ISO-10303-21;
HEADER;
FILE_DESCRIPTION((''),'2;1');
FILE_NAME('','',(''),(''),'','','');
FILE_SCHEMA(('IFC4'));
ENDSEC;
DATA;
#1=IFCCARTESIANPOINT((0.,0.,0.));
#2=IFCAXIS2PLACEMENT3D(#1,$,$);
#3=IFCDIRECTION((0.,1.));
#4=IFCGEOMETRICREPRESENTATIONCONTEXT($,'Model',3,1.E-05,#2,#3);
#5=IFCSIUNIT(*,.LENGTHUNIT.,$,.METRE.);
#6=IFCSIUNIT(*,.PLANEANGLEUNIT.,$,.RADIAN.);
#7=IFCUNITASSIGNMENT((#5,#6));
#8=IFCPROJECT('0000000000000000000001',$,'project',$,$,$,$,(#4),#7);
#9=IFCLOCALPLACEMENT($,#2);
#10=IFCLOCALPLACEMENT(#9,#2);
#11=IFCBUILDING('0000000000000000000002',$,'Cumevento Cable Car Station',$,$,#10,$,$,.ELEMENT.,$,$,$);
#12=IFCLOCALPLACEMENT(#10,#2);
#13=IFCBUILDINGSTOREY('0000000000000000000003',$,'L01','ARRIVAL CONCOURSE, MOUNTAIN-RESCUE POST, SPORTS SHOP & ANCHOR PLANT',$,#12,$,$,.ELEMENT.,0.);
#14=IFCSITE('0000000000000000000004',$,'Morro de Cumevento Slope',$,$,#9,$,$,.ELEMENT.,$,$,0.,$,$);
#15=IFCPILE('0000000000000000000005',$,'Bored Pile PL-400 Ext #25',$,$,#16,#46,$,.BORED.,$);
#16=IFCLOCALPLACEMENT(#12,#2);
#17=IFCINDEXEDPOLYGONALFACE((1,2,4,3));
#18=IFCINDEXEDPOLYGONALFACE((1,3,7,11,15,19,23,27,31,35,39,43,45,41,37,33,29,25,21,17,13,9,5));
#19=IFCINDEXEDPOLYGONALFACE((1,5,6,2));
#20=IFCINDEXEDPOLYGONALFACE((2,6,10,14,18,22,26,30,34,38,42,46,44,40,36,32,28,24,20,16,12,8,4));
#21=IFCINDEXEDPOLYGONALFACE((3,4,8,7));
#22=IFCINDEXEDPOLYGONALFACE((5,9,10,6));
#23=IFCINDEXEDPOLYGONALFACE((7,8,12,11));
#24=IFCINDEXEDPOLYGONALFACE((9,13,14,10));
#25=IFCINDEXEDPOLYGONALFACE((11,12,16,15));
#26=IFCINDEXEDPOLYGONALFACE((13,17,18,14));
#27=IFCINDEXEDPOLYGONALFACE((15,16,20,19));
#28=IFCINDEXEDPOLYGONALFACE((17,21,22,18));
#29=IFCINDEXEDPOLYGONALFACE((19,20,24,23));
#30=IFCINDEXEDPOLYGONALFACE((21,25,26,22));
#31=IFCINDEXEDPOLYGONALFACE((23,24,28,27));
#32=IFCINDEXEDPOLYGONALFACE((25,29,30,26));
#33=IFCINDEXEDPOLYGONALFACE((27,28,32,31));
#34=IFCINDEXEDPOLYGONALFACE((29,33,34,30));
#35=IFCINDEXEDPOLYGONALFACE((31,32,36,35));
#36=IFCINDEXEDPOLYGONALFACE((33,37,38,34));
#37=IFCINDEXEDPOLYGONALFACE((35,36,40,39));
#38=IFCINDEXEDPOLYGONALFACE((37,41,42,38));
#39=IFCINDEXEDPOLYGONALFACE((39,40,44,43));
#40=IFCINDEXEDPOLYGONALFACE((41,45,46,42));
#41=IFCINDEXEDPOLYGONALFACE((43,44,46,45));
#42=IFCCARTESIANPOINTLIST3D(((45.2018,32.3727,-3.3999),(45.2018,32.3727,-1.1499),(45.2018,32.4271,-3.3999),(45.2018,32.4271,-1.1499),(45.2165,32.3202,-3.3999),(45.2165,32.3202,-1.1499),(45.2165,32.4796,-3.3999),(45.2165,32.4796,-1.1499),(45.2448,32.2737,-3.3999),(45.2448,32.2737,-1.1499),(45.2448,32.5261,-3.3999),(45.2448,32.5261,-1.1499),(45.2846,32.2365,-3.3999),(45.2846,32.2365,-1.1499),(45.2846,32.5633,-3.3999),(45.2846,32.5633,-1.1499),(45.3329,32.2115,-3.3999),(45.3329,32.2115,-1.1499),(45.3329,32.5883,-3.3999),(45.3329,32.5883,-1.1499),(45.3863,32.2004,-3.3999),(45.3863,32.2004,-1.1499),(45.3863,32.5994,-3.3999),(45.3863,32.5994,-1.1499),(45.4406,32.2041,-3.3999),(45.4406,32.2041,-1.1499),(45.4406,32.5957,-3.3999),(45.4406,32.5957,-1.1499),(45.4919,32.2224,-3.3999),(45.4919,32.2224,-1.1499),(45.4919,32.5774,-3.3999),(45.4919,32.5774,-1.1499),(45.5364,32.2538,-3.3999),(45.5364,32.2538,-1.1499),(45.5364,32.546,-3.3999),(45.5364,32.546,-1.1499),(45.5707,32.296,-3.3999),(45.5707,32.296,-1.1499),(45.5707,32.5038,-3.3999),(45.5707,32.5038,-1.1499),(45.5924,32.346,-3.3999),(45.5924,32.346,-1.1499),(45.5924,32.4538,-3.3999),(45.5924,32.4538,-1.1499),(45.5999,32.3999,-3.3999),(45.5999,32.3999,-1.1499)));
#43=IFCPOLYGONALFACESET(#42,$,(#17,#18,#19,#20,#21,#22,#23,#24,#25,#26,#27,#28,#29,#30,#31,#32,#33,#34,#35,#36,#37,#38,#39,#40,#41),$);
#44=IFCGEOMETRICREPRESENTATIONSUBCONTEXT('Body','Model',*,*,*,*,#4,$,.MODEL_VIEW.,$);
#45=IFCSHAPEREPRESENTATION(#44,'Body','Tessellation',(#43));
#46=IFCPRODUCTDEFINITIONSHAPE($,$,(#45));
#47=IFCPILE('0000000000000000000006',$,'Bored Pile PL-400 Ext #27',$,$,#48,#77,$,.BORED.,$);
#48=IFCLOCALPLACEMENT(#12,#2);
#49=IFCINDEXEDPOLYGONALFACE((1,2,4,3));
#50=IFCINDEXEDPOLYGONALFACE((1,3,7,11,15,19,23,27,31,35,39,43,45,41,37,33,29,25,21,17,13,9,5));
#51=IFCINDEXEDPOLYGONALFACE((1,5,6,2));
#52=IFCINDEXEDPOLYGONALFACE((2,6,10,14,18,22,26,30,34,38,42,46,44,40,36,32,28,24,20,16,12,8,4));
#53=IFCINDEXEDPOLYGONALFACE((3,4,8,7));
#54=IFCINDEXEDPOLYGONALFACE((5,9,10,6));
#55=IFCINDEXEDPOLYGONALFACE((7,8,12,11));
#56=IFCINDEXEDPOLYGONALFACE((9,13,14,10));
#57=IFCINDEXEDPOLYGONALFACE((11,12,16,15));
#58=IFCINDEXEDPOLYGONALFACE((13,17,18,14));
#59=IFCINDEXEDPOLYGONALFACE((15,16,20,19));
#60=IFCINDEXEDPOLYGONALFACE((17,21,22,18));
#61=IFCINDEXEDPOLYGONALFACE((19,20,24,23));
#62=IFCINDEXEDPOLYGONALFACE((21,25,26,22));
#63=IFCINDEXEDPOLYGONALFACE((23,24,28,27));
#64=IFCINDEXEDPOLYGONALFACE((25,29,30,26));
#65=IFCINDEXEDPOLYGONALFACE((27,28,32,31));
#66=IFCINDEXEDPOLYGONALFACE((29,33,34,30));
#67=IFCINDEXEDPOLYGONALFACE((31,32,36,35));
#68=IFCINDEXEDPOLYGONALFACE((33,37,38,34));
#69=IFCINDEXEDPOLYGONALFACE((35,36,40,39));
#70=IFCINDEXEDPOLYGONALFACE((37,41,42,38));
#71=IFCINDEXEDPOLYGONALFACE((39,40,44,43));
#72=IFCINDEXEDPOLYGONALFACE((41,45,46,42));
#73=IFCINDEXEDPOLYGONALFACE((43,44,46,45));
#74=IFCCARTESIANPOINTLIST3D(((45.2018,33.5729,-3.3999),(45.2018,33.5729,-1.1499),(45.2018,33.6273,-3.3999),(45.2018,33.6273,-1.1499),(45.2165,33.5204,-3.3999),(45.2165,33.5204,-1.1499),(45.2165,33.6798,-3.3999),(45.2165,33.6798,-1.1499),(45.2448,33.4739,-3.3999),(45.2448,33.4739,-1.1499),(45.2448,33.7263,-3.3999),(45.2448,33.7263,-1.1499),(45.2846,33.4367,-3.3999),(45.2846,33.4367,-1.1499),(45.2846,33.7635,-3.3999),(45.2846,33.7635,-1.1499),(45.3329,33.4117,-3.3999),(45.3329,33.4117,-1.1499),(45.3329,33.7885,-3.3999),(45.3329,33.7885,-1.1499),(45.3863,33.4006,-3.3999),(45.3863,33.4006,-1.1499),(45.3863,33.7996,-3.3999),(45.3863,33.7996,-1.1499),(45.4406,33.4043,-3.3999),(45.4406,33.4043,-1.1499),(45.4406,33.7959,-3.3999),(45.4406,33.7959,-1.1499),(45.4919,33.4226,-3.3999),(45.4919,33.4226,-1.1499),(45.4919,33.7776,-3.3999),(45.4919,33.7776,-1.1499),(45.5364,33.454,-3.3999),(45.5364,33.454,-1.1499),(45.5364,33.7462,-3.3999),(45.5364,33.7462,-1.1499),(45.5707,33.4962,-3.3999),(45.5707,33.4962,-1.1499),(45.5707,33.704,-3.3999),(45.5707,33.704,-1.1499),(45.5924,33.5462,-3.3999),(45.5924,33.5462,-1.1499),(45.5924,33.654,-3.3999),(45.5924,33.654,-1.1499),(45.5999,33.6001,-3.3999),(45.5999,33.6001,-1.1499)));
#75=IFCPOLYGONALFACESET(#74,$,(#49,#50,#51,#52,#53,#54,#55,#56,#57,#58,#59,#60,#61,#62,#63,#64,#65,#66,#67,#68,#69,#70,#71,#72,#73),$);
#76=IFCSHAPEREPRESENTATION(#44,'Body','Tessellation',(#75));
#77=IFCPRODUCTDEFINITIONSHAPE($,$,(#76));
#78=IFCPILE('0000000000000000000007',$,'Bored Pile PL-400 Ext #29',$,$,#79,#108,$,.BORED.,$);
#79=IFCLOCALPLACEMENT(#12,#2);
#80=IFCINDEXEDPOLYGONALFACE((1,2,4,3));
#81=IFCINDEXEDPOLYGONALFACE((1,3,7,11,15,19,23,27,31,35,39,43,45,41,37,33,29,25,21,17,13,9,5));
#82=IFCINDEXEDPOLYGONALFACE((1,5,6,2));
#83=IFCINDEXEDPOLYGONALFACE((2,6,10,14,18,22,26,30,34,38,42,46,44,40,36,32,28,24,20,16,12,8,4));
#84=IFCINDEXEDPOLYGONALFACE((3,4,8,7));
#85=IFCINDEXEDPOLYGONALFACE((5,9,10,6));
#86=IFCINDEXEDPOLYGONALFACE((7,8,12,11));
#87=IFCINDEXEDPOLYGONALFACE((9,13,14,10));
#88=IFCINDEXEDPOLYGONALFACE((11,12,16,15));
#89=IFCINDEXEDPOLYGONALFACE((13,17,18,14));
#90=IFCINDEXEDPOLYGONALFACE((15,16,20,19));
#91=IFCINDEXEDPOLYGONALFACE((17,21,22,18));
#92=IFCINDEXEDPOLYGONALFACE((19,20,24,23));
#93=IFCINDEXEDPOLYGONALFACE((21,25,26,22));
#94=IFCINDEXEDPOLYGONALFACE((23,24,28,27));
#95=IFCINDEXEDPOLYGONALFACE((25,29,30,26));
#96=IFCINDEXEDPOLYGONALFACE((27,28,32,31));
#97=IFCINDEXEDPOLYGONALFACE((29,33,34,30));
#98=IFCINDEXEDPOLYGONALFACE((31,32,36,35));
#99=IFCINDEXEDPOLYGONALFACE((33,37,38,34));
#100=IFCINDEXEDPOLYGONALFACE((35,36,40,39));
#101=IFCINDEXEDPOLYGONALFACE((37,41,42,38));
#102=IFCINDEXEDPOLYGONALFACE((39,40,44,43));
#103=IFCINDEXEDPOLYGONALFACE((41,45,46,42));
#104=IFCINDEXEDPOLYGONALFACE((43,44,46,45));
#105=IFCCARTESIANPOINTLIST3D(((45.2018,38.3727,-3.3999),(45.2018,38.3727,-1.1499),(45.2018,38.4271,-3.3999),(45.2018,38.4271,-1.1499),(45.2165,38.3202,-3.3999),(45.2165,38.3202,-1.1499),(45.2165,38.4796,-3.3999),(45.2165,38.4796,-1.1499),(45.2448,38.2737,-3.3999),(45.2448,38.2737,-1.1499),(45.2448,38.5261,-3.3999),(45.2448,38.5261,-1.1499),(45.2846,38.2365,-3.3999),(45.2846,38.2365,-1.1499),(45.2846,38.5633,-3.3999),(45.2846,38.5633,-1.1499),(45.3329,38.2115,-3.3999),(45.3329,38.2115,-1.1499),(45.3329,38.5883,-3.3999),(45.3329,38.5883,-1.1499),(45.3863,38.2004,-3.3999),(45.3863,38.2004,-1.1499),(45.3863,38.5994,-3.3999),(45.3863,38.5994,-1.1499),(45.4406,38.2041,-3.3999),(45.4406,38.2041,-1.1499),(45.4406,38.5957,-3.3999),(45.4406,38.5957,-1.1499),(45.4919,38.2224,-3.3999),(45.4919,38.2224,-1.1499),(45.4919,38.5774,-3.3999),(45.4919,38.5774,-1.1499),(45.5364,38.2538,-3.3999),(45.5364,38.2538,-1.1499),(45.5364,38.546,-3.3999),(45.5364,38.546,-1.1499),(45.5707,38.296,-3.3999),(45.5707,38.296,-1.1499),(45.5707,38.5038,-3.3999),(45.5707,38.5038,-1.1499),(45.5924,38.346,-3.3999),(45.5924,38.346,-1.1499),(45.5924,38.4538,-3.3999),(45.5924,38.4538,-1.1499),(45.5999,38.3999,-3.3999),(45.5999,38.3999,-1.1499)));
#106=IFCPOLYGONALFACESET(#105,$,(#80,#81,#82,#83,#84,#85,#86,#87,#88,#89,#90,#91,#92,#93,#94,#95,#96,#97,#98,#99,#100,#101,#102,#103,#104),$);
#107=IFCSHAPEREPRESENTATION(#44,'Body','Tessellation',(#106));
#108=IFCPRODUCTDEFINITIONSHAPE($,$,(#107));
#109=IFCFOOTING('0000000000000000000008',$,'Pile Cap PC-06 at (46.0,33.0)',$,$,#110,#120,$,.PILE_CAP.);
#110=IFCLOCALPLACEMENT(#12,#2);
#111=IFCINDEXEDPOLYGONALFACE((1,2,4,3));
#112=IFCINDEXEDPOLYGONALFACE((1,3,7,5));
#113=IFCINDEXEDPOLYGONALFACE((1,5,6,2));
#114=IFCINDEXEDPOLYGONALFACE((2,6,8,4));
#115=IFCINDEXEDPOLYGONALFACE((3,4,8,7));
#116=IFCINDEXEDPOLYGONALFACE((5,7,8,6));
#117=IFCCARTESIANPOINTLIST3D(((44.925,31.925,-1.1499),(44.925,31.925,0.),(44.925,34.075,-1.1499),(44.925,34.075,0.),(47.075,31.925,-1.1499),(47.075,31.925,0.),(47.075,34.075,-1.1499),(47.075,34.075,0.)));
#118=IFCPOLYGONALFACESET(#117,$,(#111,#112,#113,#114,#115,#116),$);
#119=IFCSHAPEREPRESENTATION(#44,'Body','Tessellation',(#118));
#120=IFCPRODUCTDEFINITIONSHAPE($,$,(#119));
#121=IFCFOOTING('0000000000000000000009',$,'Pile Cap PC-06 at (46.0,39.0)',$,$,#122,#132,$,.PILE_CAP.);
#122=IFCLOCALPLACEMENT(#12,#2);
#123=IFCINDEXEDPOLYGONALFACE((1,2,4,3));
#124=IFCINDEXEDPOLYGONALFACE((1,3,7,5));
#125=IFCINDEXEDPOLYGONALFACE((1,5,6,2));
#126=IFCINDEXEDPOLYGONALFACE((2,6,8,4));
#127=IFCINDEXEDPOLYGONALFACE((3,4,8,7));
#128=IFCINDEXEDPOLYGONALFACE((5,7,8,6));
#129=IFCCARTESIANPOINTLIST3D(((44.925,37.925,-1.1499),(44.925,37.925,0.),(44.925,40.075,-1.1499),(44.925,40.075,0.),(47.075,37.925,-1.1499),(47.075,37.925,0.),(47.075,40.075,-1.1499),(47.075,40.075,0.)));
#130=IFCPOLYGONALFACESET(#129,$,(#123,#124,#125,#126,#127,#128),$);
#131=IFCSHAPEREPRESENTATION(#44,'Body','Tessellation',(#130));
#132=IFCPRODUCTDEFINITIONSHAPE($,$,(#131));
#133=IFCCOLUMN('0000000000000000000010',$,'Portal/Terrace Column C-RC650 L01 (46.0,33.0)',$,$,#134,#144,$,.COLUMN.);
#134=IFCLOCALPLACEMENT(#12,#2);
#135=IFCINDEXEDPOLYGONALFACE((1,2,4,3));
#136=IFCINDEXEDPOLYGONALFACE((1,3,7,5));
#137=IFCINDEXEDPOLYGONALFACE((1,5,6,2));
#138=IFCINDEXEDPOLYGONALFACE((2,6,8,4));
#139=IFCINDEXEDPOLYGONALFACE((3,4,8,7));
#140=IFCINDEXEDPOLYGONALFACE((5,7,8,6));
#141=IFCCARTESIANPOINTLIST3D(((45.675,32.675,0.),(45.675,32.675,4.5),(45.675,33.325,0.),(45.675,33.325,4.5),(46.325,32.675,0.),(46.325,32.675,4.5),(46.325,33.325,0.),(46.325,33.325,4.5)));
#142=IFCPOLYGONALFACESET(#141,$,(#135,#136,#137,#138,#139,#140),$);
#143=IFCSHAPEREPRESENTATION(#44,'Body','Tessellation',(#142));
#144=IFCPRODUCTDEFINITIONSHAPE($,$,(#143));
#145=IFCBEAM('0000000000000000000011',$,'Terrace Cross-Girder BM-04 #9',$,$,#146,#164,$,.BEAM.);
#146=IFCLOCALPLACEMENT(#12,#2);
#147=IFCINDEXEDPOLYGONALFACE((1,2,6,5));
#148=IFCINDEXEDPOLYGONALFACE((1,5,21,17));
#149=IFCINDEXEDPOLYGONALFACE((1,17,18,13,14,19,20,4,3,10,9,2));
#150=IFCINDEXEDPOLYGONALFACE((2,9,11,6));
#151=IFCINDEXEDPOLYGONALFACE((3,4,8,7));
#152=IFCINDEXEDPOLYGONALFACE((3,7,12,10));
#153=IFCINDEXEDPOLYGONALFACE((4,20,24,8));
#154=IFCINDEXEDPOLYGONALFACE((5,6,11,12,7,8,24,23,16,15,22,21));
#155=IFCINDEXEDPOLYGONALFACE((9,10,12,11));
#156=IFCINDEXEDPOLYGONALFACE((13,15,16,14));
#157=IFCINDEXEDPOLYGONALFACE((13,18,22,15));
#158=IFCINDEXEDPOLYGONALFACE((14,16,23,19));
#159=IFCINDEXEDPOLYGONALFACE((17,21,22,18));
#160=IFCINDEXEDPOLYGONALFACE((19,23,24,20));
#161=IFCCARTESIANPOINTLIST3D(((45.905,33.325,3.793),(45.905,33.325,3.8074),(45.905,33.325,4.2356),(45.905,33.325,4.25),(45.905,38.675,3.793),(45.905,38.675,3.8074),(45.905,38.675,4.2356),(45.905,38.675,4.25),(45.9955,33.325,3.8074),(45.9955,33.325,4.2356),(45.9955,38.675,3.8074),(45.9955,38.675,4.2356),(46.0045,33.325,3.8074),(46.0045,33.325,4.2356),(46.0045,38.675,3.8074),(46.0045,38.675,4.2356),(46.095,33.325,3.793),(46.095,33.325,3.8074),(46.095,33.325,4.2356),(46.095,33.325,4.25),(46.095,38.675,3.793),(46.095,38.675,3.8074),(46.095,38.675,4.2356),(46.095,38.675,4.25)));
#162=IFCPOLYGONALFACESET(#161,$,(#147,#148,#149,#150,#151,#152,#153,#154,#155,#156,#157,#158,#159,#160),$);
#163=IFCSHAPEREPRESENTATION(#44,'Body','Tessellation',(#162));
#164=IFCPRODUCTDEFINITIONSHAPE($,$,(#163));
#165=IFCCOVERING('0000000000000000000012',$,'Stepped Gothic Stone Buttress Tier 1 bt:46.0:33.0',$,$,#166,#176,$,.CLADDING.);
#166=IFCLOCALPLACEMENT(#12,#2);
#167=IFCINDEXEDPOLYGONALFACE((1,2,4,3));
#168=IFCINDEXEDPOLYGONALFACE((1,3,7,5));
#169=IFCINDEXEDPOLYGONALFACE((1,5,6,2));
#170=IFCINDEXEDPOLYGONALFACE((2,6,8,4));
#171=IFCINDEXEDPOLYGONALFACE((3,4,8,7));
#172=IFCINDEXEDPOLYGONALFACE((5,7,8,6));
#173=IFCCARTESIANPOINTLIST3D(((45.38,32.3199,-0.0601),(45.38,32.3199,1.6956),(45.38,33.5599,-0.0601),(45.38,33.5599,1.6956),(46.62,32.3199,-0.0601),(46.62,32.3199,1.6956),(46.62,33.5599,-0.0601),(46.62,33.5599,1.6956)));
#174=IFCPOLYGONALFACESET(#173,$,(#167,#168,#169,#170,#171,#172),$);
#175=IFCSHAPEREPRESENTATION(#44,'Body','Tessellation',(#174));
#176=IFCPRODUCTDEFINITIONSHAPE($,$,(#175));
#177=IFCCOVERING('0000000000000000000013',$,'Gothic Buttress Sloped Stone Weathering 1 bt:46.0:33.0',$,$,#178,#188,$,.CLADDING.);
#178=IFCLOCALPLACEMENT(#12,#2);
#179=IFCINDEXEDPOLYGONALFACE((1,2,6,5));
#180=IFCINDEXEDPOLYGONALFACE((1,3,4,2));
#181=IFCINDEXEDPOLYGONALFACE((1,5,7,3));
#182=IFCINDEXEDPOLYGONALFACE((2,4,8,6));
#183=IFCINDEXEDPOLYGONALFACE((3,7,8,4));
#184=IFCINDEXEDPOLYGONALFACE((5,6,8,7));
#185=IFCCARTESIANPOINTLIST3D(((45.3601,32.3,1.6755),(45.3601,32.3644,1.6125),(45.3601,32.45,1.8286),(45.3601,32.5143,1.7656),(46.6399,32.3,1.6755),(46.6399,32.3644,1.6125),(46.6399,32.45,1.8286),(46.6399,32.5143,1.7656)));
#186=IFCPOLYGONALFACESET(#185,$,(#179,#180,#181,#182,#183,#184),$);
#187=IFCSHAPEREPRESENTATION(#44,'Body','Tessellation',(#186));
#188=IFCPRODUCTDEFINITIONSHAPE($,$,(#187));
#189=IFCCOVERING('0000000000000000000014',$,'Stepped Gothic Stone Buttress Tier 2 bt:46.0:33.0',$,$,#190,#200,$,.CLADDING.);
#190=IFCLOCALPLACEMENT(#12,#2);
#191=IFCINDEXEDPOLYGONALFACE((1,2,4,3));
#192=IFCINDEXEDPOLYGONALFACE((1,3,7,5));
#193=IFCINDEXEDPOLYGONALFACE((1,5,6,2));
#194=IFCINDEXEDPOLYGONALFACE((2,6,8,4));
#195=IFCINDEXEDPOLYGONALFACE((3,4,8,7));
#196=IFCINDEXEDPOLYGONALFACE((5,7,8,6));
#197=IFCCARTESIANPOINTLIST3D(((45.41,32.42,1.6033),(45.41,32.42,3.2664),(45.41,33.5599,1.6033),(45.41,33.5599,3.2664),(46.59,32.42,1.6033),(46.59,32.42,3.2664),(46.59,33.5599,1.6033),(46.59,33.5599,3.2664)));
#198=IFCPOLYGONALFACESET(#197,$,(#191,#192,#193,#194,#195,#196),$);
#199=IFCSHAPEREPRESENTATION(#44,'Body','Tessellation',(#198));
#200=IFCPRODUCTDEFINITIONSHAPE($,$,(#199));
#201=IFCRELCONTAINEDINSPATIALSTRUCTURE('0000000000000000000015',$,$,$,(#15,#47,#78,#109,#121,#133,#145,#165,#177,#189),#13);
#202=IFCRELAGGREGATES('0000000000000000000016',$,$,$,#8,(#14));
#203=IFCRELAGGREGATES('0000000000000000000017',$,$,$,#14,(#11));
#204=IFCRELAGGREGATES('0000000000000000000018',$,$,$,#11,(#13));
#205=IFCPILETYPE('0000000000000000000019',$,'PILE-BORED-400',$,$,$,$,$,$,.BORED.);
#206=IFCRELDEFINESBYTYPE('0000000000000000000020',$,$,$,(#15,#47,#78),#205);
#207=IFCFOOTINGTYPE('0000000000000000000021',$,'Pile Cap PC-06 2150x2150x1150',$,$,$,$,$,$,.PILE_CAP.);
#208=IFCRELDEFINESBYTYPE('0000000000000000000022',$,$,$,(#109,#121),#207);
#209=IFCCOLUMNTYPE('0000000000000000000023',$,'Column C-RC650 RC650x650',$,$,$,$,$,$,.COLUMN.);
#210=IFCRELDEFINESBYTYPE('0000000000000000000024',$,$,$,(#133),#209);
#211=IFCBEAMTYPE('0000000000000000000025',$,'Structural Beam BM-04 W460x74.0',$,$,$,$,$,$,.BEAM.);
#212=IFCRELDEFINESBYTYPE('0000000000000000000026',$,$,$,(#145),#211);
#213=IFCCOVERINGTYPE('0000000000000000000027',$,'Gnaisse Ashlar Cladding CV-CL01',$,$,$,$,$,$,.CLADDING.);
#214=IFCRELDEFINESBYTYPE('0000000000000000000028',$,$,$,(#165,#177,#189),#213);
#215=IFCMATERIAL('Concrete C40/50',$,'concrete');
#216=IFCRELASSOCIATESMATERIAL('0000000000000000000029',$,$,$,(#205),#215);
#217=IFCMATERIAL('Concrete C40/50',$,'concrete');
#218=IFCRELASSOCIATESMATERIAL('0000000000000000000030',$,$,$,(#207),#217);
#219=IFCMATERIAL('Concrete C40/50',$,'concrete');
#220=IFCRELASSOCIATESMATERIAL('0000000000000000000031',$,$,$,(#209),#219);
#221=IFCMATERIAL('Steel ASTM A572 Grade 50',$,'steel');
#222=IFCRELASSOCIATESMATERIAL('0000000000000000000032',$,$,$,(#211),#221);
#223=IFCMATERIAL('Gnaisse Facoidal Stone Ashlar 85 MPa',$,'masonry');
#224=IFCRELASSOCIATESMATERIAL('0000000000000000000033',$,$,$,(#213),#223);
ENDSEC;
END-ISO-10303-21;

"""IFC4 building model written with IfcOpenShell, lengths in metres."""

from ifc_helpers import new_model, si_unit, direction, frame, origin, origin_2d, place, context, subcontext, project, spatial, polyline, rectangle, circle, i_section, outline, extrude, material, material_profile, profile_set, type_object, element, save


model = new_model("IFC4")

# Units and contexts
model_context = context("Model", 3, precision=1e-05, world=origin(), true_north=direction((0.0, 1.0)))
body_context = subcontext(model_context, "Body", "Model", "MODEL_VIEW")
ifc_project = project(units=[si_unit("LENGTHUNIT", "METRE"), si_unit("PLANEANGLEUNIT", "RADIAN")], contexts=[model_context])

# Site, building, storey
site_placement = place(None, origin())
site = spatial("IfcSite", under=ifc_project, at=site_placement, Name="Morro de Cumevento Slope", CompositionType="ELEMENT", RefElevation=0.0)
building_placement = place(site_placement, origin())
building = spatial("IfcBuilding", under=site, at=building_placement, Name="Cumevento Cable Car Station", CompositionType="ELEMENT")
storey_placement = place(building_placement, origin())
storey = spatial("IfcBuildingStorey", under=building, at=storey_placement, Name="L01", Description="ARRIVAL CONCOURSE, MOUNTAIN-RESCUE POST, SPORTS SHOP & ANCHOR PLANT", CompositionType="ELEMENT", Elevation=0.0)

# Piles
ifc_material_1 = material(Name="Concrete C40/50", Category="concrete")
ifc_material_profile_1 = material_profile(ifc_material_1, circle(Radius=0.2, at=origin_2d()), Name="PILE-D400")
ifc_profile_set_1 = profile_set([ifc_material_profile_1], Name="Concrete C40/50")
pile_type = type_object("IfcPileType", Name="PILE-BORED-400", PredefinedType="BORED", material=ifc_profile_set_1)
for number, where, z_axis, x_axis, name in (
    (1, (45.3999, 32.3999, -1.1499), (0.0, 0.0, -1.0), (1.0, 0.0, 0.0), "Bored Pile PL-400 Ext #25"),
    (2, (45.3999, 33.6001, -1.1499), (0.0, 0.0, -1.0), (1.0, 0.0, 0.0), "Bored Pile PL-400 Ext #27"),
    (3, (45.3999, 38.3999, -1.1499), (0.0, 0.0, -1.0), (1.0, 0.0, 0.0), "Bored Pile PL-400 Ext #29"),
):
    element("IfcPile", number, at=place(storey_placement, frame(where, z_axis=z_axis, x_axis=x_axis)), inside=storey, type_object=pile_type, Name=name, PredefinedType="BORED", context=body_context, shape_type="SweptSolid", body=[
        extrude(circle(Radius=0.2, at=origin_2d()), origin(), (0.0, 0.0, 1.0), 2.25),
    ])

# Footings
ifc_material_2 = material(Name="Concrete C40/50", Category="concrete")
footing_type = type_object("IfcFootingType", Name="Pile Cap PC-06 2150x2150x1150", PredefinedType="PILE_CAP", material=ifc_material_2)
for number, where, z_axis, x_axis, name in (
    (4, (46.0, 33.0, -1.1499), (0.0, 0.0, 1.0), (1.0, 0.0, 0.0), "Pile Cap PC-06 at (46.0,33.0)"),
    (5, (46.0, 39.0, -1.1499), (0.0, 0.0, 1.0), (1.0, 0.0, 0.0), "Pile Cap PC-06 at (46.0,39.0)"),
):
    element("IfcFooting", number, at=place(storey_placement, frame(where, z_axis=z_axis, x_axis=x_axis)), inside=storey, type_object=footing_type, Name=name, PredefinedType="PILE_CAP", context=body_context, shape_type="SweptSolid", body=[
        extrude(rectangle(XDim=2.1499, YDim=2.1499, at=origin_2d()), origin(), (0.0, 0.0, 1.0), 1.1499),
    ])

# Column
ifc_material_3 = material(Name="Concrete C40/50", Category="concrete")
ifc_material_profile_2 = material_profile(ifc_material_3, rectangle(XDim=0.6499, YDim=0.6499, at=origin_2d()), Name="RC650x650")
ifc_profile_set_2 = profile_set([ifc_material_profile_2], Name="Concrete C40/50")
column_type = type_object("IfcColumnType", Name="Column C-RC650 RC650x650", PredefinedType="COLUMN", material=ifc_profile_set_2)
column_placement = place(storey_placement, frame((46.0, 33.0, 0.0), z_axis=(0.0, 0.0, 1.0), x_axis=(1.0, 0.0, 0.0)))
element("IfcColumn", 6, at=column_placement, inside=storey, type_object=column_type, Name="Portal/Terrace Column C-RC650 L01 (46.0,33.0)", PredefinedType="COLUMN", context=body_context, shape_type="SweptSolid", body=[
    extrude(rectangle(XDim=0.6499, YDim=0.6499, at=origin_2d()), origin(), (0.0, 0.0, 1.0), 4.5),
])

# Beam
ifc_material_4 = material(Name="Steel ASTM A572 Grade 50", Category="steel")
ifc_material_profile_3 = material_profile(ifc_material_4, i_section(OverallWidth=0.1899, OverallDepth=0.457, WebThickness=0.009, FlangeThickness=0.0144, at=origin_2d()), Name="W460x74.0")
ifc_profile_set_3 = profile_set([ifc_material_profile_3], Name="Steel ASTM A572 Grade 50")
beam_type = type_object("IfcBeamType", Name="Structural Beam BM-04 W460x74.0", PredefinedType="BEAM", material=ifc_profile_set_3)
beam_placement = place(storey_placement, frame((46.0, 33.325, 4.0215), z_axis=(0.0, 1.0, 0.0), x_axis=(-1.0, 0.0, 0.0)))
element("IfcBeam", 7, at=beam_placement, inside=storey, type_object=beam_type, Name="Terrace Cross-Girder BM-04 #9", PredefinedType="BEAM", context=body_context, shape_type="SweptSolid", body=[
    extrude(i_section(OverallWidth=0.1899, OverallDepth=0.457, WebThickness=0.009, FlangeThickness=0.0144, at=origin_2d()), origin(), (0.0, 0.0, 1.0), 5.3501),
])

# Coverings
ifc_material_5 = material(Name="Gnaisse Facoidal Stone Ashlar 85 MPa", Category="masonry")
covering_type = type_object("IfcCoveringType", Name="Gnaisse Ashlar Cladding CV-CL01", PredefinedType="CLADDING", material=ifc_material_5)
covering_1_placement = place(storey_placement, frame((46.0, 32.9399, -0.0601), z_axis=(0.0, 0.0, 1.0), x_axis=(1.0, 0.0, 0.0)))
element("IfcCovering", 8, at=covering_1_placement, inside=storey, type_object=covering_type, Name="Stepped Gothic Stone Buttress Tier 1 bt:46.0:33.0", PredefinedType="CLADDING", context=body_context, shape_type="SweptSolid", body=[
    extrude(rectangle(XDim=1.24, YDim=1.24, at=origin_2d()), origin(), (0.0, 0.0, 1.0), 1.7556),
])
covering_2_placement = place(storey_placement, frame((45.3601, 32.3, 1.6755), z_axis=(0.0, -0.714475, 0.699661), x_axis=(1.0, 0.0, 0.0)))
element("IfcCovering", 9, at=covering_2_placement, inside=storey, type_object=covering_type, Name="Gothic Buttress Sloped Stone Weathering 1 bt:46.0:33.0", PredefinedType="CLADDING", context=body_context, shape_type="SweptSolid", body=[
    extrude(outline(polyline([(0.0, 0.0), (1.2798, 0.0), (1.2798, 0.2142), (0.0, 0.2142), (0.0, 0.0)])), origin(), (0.0, 0.0, -1.0), 0.0901),
])
covering_3_placement = place(storey_placement, frame((46.0, 32.99, 1.6033), z_axis=(0.0, 0.0, 1.0), x_axis=(1.0, 0.0, 0.0)))
element("IfcCovering", 10, at=covering_3_placement, inside=storey, type_object=covering_type, Name="Stepped Gothic Stone Buttress Tier 2 bt:46.0:33.0", PredefinedType="CLADDING", context=body_context, shape_type="SweptSolid", body=[
    extrude(rectangle(XDim=1.1799, YDim=1.1399, at=origin_2d()), origin(), (0.0, 0.0, 1.0), 1.6631),
])

save(model, "model.ifc")
